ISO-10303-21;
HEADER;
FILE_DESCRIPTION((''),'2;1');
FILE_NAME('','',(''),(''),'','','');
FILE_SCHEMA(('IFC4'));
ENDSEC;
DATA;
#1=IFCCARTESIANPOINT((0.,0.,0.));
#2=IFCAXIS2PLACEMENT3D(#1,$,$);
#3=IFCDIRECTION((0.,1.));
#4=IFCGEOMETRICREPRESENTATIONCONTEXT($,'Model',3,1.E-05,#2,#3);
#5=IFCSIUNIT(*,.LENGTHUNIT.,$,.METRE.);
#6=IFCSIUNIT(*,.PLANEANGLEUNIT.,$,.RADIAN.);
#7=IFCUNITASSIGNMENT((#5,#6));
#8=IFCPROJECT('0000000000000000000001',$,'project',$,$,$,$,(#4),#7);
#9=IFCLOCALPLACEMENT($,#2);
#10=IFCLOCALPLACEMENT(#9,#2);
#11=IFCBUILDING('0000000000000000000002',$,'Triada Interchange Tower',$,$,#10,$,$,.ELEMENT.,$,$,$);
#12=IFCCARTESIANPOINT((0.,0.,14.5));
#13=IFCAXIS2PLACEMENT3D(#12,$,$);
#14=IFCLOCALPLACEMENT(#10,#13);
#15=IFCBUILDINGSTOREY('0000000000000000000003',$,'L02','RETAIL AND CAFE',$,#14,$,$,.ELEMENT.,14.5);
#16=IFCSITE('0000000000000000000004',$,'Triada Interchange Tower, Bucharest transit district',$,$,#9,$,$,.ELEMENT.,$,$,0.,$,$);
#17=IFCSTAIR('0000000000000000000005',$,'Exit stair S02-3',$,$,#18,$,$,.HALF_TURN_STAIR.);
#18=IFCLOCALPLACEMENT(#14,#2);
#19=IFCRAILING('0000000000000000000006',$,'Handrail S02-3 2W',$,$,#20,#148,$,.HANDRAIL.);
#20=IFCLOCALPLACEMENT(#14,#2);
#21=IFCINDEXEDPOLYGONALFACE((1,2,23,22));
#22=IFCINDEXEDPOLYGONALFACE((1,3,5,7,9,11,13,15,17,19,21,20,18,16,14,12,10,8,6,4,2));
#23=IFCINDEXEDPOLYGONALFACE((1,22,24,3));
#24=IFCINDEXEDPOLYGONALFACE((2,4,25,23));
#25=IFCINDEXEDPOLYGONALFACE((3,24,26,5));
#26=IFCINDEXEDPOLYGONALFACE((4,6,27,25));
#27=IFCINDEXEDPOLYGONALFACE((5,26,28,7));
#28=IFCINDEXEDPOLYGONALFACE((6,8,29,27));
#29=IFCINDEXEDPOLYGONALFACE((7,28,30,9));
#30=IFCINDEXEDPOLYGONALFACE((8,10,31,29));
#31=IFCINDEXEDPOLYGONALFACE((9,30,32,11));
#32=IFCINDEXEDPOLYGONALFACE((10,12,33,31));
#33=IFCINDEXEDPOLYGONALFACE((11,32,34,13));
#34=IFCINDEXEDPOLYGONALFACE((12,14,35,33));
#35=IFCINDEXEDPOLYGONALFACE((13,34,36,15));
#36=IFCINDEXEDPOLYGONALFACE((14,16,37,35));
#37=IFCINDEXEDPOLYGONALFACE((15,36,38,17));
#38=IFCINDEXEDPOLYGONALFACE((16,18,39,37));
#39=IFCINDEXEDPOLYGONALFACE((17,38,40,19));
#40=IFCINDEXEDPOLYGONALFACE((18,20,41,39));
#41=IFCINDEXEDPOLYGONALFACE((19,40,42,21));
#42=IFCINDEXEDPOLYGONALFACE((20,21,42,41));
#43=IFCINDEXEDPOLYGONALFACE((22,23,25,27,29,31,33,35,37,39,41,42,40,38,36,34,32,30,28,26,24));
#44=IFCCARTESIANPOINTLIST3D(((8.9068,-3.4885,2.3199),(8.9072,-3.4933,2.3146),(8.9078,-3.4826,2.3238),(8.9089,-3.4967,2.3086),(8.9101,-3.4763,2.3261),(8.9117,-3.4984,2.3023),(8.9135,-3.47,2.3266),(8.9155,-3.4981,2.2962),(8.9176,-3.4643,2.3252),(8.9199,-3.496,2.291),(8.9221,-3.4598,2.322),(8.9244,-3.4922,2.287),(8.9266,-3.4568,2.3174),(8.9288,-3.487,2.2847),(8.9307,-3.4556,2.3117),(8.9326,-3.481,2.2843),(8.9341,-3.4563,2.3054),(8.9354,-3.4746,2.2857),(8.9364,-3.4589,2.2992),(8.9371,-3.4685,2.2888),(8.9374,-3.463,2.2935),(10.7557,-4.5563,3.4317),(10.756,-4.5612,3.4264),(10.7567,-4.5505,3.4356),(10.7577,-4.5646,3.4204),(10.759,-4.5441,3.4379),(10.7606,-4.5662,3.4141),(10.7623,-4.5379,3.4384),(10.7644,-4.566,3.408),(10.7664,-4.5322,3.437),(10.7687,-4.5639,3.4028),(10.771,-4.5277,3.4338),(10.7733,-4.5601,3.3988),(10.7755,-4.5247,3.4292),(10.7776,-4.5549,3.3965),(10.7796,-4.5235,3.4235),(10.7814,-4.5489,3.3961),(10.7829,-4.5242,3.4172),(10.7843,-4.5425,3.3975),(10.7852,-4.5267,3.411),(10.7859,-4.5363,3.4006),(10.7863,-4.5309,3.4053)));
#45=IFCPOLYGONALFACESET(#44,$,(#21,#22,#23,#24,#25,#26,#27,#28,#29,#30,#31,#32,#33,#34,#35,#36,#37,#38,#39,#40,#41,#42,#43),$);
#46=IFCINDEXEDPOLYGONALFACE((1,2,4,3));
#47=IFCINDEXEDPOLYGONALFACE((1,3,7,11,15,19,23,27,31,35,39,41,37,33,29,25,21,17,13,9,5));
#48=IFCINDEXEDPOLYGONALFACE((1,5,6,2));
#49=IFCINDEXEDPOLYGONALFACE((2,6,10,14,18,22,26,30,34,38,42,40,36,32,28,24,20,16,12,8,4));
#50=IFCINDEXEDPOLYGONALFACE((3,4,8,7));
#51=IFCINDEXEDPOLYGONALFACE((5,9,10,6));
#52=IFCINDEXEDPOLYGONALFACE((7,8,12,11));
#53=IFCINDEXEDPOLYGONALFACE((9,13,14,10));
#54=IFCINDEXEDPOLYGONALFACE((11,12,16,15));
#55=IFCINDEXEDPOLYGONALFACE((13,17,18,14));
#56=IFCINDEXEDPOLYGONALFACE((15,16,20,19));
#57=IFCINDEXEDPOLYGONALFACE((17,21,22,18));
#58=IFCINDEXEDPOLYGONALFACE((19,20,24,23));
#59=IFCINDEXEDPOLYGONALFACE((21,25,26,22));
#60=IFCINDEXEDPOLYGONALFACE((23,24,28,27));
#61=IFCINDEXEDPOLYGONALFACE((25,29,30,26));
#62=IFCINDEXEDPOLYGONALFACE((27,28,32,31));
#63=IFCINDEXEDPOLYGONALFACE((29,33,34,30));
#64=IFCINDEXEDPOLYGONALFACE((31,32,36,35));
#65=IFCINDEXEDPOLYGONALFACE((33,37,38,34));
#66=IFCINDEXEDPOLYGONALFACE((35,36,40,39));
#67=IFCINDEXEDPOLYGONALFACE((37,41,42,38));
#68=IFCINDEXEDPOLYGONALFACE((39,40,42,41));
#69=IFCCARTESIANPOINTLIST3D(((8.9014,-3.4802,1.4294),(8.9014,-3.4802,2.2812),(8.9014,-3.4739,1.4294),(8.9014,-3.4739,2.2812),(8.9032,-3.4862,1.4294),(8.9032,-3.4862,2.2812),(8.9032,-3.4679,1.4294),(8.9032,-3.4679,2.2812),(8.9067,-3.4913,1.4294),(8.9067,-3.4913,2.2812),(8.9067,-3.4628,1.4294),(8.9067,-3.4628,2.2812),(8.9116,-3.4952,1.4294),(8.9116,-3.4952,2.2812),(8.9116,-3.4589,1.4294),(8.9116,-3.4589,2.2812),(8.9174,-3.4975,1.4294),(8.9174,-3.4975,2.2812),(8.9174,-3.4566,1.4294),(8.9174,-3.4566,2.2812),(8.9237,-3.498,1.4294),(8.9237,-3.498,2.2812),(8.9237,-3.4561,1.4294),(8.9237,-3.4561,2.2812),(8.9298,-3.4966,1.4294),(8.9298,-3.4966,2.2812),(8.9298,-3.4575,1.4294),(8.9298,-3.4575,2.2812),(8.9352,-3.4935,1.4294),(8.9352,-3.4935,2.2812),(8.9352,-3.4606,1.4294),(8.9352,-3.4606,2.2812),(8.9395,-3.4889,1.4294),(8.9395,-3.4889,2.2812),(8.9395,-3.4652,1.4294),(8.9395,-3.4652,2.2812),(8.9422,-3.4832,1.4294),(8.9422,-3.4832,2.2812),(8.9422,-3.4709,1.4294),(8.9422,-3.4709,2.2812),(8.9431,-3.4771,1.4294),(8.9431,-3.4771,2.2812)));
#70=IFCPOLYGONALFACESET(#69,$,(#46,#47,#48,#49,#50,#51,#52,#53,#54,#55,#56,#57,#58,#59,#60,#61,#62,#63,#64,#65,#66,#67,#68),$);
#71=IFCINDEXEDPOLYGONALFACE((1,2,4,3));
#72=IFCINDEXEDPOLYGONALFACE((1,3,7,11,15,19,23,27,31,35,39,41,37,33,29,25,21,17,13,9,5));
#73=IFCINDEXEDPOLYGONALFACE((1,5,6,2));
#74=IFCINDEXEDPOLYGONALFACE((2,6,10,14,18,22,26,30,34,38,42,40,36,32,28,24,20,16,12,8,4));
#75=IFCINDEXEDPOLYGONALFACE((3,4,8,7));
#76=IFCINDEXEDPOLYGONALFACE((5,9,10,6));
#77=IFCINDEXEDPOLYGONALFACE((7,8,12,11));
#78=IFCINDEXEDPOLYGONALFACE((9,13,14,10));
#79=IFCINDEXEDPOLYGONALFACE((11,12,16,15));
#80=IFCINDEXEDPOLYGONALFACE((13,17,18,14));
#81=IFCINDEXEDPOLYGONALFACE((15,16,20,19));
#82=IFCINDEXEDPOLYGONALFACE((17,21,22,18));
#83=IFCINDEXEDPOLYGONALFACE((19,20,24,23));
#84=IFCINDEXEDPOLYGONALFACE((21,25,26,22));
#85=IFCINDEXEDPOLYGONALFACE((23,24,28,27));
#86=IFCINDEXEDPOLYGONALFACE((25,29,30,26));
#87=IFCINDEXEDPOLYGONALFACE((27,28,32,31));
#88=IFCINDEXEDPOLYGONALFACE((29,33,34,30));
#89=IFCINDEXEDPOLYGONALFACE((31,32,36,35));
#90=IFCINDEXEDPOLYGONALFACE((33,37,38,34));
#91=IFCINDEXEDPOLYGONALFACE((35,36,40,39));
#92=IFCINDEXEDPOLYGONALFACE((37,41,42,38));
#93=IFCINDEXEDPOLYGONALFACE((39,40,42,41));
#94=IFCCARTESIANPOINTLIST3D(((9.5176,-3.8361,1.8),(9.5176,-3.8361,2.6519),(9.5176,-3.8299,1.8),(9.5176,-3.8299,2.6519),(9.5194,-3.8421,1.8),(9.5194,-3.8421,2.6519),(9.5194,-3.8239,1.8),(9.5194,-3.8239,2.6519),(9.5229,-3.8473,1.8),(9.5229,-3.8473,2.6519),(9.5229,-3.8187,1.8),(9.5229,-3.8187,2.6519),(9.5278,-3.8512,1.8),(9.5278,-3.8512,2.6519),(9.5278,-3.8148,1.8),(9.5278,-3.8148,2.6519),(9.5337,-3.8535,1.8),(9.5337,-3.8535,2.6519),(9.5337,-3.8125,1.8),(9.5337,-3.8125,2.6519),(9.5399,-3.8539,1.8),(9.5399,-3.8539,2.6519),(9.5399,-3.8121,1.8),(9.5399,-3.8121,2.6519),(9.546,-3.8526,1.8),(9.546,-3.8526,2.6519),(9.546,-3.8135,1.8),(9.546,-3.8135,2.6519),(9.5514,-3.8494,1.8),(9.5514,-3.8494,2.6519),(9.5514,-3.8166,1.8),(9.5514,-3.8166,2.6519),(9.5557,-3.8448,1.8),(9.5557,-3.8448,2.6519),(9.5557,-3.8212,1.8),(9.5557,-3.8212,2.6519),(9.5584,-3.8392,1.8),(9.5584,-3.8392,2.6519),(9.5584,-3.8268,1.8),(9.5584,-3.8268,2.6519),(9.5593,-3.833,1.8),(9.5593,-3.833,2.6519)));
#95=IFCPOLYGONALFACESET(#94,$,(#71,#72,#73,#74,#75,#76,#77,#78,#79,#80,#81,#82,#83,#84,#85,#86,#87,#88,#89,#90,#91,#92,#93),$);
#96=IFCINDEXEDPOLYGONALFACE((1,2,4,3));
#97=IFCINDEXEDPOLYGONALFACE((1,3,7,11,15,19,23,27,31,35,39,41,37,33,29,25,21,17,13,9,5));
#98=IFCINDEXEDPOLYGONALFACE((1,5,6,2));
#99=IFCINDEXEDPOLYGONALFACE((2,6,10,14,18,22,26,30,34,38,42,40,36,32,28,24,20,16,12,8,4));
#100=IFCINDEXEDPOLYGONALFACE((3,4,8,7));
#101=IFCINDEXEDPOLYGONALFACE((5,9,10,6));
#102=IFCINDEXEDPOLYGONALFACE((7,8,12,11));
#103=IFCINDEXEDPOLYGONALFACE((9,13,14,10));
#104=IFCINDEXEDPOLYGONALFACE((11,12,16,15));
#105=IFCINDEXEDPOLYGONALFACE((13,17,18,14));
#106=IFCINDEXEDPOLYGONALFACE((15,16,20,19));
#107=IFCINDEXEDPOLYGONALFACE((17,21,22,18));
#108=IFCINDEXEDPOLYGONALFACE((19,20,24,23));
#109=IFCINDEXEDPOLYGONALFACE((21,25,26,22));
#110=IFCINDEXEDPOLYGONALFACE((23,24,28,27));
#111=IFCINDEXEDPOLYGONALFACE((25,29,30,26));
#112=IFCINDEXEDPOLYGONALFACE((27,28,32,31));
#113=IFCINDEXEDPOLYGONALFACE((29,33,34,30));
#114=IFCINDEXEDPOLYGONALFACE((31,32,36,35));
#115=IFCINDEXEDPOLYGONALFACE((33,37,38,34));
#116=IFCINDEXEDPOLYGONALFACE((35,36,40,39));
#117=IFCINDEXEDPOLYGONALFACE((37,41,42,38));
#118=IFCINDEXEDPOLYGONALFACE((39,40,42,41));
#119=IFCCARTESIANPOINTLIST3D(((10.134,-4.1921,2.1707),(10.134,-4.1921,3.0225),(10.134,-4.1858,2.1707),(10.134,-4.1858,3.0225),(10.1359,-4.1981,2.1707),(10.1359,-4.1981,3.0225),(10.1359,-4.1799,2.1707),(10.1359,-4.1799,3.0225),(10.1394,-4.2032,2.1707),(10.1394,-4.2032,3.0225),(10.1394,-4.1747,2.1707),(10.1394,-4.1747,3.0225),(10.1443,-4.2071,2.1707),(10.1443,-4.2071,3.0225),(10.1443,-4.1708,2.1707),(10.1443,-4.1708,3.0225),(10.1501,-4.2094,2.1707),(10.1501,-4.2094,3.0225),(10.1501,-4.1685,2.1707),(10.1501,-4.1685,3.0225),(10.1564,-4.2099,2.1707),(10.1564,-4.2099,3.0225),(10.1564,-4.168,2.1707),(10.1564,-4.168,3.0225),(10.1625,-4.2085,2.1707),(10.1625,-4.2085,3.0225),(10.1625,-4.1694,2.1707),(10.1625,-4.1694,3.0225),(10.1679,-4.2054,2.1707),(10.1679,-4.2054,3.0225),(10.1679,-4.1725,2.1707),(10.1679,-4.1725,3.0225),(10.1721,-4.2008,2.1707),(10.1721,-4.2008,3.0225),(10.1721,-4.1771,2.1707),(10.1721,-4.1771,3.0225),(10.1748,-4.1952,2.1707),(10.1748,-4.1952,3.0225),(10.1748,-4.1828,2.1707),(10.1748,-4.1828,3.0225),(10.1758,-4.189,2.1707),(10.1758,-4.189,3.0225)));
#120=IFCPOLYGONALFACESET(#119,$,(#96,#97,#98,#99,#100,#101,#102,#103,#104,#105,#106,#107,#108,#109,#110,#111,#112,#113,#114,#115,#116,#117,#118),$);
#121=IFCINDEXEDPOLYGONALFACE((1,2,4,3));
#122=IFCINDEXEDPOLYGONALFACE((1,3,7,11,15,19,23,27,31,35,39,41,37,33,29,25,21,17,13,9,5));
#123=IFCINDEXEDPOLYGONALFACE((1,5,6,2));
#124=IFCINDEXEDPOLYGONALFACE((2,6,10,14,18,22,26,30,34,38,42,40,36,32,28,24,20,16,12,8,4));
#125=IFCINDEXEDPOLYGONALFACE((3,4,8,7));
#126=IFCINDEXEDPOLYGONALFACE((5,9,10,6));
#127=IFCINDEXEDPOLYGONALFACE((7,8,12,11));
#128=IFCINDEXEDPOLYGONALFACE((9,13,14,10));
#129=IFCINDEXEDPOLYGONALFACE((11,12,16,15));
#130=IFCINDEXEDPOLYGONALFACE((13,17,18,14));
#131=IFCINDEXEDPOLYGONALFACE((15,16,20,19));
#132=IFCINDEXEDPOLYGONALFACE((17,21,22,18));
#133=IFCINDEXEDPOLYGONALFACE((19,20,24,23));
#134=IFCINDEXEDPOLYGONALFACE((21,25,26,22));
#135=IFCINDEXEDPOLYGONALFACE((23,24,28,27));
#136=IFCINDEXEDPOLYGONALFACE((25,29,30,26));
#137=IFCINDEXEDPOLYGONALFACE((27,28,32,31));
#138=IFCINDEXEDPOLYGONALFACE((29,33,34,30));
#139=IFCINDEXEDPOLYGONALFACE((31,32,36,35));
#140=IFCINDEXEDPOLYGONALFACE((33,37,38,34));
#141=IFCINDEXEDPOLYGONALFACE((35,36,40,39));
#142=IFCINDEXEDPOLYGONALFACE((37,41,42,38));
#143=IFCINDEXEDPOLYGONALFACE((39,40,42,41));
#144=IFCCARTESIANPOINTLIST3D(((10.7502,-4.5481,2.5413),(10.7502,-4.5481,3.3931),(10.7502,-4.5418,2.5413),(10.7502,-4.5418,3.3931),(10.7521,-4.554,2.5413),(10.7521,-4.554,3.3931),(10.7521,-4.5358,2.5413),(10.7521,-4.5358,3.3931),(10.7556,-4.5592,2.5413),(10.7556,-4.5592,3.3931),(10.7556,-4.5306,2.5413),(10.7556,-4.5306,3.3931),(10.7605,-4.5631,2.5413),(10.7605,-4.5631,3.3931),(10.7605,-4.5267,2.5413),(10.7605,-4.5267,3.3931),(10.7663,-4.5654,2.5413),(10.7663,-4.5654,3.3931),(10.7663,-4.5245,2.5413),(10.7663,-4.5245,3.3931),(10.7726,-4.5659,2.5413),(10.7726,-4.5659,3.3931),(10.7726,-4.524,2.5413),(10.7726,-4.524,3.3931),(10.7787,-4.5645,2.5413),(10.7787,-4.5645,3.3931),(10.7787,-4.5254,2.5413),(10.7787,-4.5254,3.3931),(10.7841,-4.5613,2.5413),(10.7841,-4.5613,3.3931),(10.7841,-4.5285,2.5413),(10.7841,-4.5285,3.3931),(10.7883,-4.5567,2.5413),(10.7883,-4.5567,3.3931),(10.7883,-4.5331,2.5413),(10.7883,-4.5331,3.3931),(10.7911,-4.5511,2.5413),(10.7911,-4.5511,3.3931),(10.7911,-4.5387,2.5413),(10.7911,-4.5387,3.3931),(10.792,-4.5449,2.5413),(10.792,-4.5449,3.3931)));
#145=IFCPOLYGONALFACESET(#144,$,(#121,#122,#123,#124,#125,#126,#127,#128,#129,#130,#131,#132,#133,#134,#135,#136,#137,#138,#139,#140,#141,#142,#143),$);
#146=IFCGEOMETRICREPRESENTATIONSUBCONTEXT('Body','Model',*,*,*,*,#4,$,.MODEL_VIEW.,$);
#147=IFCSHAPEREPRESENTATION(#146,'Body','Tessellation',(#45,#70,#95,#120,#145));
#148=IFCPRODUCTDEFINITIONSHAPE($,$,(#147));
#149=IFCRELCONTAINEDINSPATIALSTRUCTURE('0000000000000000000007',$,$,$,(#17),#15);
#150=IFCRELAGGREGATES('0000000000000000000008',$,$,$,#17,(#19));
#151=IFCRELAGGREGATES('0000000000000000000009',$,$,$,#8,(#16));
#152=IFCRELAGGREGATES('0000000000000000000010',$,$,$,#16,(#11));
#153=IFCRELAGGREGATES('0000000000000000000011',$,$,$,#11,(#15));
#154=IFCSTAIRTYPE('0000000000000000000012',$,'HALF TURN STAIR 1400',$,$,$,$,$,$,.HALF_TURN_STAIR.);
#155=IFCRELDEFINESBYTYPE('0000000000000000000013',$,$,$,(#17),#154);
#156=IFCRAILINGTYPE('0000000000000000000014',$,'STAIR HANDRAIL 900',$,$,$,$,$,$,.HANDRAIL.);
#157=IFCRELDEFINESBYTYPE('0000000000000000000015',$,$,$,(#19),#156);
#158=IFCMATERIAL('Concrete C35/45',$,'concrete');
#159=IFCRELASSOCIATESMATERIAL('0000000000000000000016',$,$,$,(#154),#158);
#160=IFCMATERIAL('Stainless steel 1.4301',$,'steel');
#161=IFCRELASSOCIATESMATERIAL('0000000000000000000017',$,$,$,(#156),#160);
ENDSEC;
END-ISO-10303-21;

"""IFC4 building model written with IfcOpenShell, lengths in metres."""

from ifc_helpers import new_model, si_unit, direction, frame, origin, origin_2d, place, context, subcontext, project, spatial, circle, extrude, material, type_object, element, aggregate, save


model = new_model("IFC4")

# Units and contexts
model_context = context("Model", 3, precision=1e-05, world=origin(), true_north=direction((0.0, 1.0)))
body_context = subcontext(model_context, "Body", "Model", "MODEL_VIEW")
ifc_project = project(units=[si_unit("LENGTHUNIT", "METRE"), si_unit("PLANEANGLEUNIT", "RADIAN")], contexts=[model_context])

# Site, building, storey
site_placement = place(None, origin())
site = spatial("IfcSite", under=ifc_project, at=site_placement, Name="Triada Interchange Tower, Bucharest transit district", CompositionType="ELEMENT", RefElevation=0.0)
building_placement = place(site_placement, origin())
building = spatial("IfcBuilding", under=site, at=building_placement, Name="Triada Interchange Tower", CompositionType="ELEMENT")
storey_placement = place(building_placement, frame((0.0, 0.0, 14.5)))
storey = spatial("IfcBuildingStorey", under=building, at=storey_placement, Name="L02", Description="RETAIL AND CAFE", CompositionType="ELEMENT", Elevation=14.5)

# Shared definitions
ifc_material_1 = material(Name="Concrete C35/45", Category="concrete")

# Stair, railing
stair_type = type_object("IfcStairType", Name="HALF TURN STAIR 1400", PredefinedType="HALF_TURN_STAIR", material=ifc_material_1)
stair_placement = place(storey_placement, origin())
stair = element("IfcStair", 1, at=stair_placement, inside=storey, type_object=stair_type, Name="Exit stair S02-3", PredefinedType="HALF_TURN_STAIR")
ifc_material_2 = material(Name="Stainless steel 1.4301", Category="steel")
railing_type = type_object("IfcRailingType", Name="STAIR HANDRAIL 900", PredefinedType="HANDRAIL", material=ifc_material_2)
railing_1_placement = place(storey_placement, frame((8.9221, -3.4771, 1.4294)))
railing_1 = element("IfcRailing", 2, at=railing_1_placement, type_object=railing_type, Name="Handrail S02-3 2W", PredefinedType="HANDRAIL", context=body_context, shape_type="SweptSolid", body=[
    extrude(circle(Radius=0.0239, at=origin_2d()), frame((0.0, 0.0, 0.876), z_axis=(0.768047, -0.443607, 0.461863), x_axis=(0.500148, 0.86594, 0.0)), (0.0, 0.0, 1.0), 2.4072),
    extrude(circle(Radius=0.021, at=origin_2d()), origin(), (0.0, 0.0, 1.0), 0.8518),
    extrude(circle(Radius=0.021, at=origin_2d()), frame((0.6162, -0.356, 0.3706)), (0.0, 0.0, 1.0), 0.8518),
    extrude(circle(Radius=0.021, at=origin_2d()), frame((1.2327, -0.7119, 0.7412)), (0.0, 0.0, 1.0), 0.8518),
    extrude(circle(Radius=0.021, at=origin_2d()), frame((1.8489, -1.0679, 1.1118)), (0.0, 0.0, 1.0), 0.8518),
])
aggregate(stair, [railing_1])

save(model, "model.ifc")
